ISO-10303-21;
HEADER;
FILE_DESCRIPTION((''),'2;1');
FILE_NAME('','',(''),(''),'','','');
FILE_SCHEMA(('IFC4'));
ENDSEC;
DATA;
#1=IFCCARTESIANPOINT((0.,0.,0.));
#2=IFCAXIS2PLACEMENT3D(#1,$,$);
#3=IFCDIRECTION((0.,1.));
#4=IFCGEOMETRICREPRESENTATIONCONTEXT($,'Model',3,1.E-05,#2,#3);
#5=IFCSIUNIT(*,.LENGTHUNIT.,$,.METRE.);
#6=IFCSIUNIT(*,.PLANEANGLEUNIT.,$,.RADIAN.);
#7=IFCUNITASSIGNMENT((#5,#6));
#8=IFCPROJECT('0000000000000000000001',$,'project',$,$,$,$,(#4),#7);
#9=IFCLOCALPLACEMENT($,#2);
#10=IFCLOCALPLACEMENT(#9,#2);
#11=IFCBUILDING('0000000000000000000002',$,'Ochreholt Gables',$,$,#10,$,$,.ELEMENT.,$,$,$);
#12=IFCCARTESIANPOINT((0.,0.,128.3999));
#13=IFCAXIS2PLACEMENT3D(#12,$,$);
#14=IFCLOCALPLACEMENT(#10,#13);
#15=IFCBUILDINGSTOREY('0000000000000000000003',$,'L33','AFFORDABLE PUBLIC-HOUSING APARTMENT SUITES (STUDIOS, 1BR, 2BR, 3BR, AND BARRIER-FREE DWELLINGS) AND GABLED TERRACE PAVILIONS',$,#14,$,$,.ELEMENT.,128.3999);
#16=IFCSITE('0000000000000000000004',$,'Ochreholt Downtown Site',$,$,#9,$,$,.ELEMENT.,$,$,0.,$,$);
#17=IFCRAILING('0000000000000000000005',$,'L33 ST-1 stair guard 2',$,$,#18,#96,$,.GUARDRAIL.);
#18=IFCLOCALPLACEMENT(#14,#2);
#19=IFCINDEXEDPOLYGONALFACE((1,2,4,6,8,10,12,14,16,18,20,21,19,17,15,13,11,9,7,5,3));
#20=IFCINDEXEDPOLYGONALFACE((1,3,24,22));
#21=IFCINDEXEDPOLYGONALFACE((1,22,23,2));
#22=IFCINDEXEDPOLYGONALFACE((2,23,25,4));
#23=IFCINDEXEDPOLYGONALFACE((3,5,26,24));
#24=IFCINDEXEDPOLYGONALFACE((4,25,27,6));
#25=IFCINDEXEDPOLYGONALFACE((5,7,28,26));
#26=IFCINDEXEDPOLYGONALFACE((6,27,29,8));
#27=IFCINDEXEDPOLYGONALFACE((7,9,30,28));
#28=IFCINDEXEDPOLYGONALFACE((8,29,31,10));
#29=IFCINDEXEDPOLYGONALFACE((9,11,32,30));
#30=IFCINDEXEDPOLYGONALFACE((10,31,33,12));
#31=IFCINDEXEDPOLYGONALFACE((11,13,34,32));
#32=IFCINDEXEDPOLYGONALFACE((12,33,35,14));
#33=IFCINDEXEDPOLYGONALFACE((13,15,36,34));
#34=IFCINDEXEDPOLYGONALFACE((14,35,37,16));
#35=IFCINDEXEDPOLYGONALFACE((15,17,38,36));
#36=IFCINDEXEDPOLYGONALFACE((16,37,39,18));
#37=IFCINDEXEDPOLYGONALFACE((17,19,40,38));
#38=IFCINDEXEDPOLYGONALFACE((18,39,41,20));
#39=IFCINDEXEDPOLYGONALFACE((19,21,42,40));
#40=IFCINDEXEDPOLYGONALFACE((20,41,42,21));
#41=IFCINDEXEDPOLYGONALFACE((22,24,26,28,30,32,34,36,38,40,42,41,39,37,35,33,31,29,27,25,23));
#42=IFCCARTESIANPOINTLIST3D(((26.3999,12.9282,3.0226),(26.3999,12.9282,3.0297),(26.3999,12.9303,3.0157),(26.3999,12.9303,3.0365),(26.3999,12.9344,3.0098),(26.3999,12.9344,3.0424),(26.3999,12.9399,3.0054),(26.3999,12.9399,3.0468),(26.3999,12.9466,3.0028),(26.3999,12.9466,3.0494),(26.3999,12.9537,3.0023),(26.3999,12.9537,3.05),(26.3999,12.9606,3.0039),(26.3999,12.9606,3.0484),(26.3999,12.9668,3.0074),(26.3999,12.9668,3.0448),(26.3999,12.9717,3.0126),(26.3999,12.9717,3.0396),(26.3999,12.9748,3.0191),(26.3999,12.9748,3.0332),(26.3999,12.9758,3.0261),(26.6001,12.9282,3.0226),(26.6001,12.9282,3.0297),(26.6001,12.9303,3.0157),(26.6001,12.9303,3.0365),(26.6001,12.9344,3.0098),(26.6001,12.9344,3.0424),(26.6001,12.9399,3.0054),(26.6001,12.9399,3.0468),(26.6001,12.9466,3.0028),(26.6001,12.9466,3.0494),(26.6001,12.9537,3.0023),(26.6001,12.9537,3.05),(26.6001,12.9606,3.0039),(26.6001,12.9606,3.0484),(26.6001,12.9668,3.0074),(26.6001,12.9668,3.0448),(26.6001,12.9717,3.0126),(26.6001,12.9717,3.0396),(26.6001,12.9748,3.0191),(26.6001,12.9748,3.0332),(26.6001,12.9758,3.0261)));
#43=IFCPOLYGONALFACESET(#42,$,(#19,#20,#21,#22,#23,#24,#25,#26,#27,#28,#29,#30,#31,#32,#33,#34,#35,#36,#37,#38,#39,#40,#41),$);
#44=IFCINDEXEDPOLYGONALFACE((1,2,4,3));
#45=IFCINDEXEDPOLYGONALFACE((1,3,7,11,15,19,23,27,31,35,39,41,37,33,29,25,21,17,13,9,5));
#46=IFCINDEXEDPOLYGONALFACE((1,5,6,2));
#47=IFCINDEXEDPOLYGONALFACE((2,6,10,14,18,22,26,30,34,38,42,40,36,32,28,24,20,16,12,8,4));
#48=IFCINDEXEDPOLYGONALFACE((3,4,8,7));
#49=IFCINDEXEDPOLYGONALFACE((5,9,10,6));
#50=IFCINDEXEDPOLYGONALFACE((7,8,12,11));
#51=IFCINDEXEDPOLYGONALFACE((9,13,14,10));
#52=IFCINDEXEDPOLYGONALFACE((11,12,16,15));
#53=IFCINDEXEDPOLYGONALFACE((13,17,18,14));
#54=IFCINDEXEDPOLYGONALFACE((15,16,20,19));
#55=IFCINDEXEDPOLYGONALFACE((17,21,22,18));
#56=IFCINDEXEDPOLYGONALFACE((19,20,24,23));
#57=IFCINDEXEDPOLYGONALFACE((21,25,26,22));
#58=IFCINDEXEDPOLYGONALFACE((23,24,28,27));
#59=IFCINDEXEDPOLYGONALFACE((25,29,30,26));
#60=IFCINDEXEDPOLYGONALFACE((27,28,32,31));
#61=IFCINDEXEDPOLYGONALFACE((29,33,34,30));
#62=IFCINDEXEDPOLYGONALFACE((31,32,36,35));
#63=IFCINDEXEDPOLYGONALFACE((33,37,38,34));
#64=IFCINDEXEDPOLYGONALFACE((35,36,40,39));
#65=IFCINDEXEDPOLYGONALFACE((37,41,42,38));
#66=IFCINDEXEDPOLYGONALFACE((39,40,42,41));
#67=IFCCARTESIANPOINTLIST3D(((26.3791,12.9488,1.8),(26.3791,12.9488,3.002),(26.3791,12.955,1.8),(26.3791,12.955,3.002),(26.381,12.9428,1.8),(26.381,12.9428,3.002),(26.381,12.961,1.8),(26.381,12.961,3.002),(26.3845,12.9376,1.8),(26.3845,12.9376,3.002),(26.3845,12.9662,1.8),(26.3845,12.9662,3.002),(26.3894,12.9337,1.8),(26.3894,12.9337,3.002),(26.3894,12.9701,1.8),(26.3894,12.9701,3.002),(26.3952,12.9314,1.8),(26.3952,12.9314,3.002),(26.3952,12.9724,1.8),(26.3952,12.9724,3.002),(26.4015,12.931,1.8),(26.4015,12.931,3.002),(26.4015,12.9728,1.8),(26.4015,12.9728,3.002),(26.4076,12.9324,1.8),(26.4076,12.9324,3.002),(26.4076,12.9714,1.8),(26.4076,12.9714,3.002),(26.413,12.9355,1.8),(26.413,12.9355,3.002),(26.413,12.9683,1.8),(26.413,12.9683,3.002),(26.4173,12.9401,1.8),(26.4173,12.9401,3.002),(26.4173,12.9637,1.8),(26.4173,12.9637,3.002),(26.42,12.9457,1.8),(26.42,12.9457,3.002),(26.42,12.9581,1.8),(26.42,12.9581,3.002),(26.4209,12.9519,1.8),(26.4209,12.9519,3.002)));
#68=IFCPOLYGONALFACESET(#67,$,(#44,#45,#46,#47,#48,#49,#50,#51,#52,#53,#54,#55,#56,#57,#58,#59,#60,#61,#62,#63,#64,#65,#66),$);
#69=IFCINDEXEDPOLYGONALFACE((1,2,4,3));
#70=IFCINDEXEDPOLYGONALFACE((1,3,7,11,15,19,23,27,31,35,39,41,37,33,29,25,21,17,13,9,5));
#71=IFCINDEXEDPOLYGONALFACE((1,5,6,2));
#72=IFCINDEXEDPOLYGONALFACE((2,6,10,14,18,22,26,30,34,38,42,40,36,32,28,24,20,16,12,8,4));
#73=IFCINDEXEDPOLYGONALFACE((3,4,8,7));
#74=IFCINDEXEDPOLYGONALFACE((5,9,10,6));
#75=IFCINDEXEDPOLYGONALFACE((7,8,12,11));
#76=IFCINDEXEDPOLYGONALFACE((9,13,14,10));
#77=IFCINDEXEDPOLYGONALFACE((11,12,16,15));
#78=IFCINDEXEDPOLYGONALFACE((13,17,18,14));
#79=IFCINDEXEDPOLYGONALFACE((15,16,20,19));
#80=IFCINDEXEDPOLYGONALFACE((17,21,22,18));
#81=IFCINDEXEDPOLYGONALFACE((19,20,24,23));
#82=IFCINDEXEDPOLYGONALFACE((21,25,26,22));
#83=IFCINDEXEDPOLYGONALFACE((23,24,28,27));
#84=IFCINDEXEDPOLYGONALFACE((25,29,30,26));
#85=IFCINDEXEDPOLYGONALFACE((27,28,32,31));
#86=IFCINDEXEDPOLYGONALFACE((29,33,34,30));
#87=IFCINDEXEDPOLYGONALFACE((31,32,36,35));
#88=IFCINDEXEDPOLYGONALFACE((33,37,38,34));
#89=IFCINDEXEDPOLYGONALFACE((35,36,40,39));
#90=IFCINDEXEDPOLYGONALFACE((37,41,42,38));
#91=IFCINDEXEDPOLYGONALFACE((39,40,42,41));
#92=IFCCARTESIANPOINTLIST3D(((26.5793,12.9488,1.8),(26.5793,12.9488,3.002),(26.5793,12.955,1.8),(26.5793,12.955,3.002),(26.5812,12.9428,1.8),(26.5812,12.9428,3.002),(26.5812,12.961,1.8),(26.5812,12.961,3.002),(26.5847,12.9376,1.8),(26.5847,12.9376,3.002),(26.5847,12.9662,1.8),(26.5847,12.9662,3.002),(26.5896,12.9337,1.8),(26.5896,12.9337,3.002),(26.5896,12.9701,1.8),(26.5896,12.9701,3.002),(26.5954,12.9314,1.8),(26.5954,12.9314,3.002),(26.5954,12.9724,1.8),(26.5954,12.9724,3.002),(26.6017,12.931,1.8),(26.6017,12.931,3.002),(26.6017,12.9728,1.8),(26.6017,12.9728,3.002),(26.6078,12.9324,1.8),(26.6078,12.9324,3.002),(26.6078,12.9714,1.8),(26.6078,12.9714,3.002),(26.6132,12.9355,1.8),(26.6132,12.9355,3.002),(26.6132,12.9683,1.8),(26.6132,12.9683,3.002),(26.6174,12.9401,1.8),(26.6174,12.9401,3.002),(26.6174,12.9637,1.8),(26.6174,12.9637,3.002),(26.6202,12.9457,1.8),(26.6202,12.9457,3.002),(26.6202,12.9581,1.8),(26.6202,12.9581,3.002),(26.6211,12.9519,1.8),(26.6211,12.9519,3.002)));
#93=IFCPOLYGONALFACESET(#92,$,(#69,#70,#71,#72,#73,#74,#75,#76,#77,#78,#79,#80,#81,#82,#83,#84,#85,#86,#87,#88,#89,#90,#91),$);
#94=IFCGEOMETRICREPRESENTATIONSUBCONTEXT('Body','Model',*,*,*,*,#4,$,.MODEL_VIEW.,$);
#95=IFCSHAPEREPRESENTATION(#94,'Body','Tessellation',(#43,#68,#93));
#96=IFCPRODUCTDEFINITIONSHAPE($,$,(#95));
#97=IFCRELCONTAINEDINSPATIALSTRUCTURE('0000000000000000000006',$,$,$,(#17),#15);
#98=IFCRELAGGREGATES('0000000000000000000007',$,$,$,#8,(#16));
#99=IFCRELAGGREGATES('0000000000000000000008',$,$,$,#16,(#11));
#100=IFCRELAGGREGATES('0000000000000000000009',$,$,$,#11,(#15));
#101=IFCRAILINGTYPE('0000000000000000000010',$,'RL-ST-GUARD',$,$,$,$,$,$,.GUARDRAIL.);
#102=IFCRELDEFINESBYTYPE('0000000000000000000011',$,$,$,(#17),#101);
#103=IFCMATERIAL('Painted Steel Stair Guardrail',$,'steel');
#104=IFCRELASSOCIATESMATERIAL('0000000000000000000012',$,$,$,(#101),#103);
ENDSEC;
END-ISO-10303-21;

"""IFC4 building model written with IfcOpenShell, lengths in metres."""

from ifc_helpers import new_model, si_unit, direction, frame, origin, origin_2d, place, context, subcontext, project, spatial, circle, extrude, material, type_object, element, save


model = new_model("IFC4")

# Units and contexts
model_context = context("Model", 3, precision=1e-05, world=origin(), true_north=direction((0.0, 1.0)))
body_context = subcontext(model_context, "Body", "Model", "MODEL_VIEW")
ifc_project = project(units=[si_unit("LENGTHUNIT", "METRE"), si_unit("PLANEANGLEUNIT", "RADIAN")], contexts=[model_context])

# Site, building, storey
site_placement = place(None, origin())
site = spatial("IfcSite", under=ifc_project, at=site_placement, Name="Ochreholt Downtown Site", CompositionType="ELEMENT", RefElevation=0.0)
building_placement = place(site_placement, origin())
building = spatial("IfcBuilding", under=site, at=building_placement, Name="Ochreholt Gables", CompositionType="ELEMENT")
storey_placement = place(building_placement, frame((0.0, 0.0, 128.3999)))
storey = spatial("IfcBuildingStorey", under=building, at=storey_placement, Name="L33", Description="AFFORDABLE PUBLIC-HOUSING APARTMENT SUITES (STUDIOS, 1BR, 2BR, 3BR, AND BARRIER-FREE DWELLINGS) AND GABLED TERRACE PAVILIONS", CompositionType="ELEMENT", Elevation=128.3999)

# Railing
ifc_material_1 = material(Name="Painted Steel Stair Guardrail", Category="steel")
railing_type_1 = type_object("IfcRailingType", Name="RL-ST-GUARD", PredefinedType="GUARDRAIL", material=ifc_material_1)
railing_1_placement = place(storey_placement, frame((26.3999, 12.9519, 1.8)))
element("IfcRailing", 1, at=railing_1_placement, inside=storey, type_object=railing_type_1, Name="L33 ST-1 stair guard 2", PredefinedType="GUARDRAIL", context=body_context, shape_type="SweptSolid", body=[
    extrude(circle(Radius=0.0239, at=origin_2d()), frame((0.0, 0.0, 1.2261), z_axis=(1.0, 0.0, 0.0), x_axis=(0.0, 1.0, 0.0)), (0.0, 0.0, 1.0), 0.2002),
    extrude(circle(Radius=0.021, at=origin_2d()), origin(), (0.0, 0.0, 1.0), 1.2019),
    extrude(circle(Radius=0.021, at=origin_2d()), frame((0.2002, 0.0, 0.0)), (0.0, 0.0, 1.0), 1.2019),
])

save(model, "model.ifc")
